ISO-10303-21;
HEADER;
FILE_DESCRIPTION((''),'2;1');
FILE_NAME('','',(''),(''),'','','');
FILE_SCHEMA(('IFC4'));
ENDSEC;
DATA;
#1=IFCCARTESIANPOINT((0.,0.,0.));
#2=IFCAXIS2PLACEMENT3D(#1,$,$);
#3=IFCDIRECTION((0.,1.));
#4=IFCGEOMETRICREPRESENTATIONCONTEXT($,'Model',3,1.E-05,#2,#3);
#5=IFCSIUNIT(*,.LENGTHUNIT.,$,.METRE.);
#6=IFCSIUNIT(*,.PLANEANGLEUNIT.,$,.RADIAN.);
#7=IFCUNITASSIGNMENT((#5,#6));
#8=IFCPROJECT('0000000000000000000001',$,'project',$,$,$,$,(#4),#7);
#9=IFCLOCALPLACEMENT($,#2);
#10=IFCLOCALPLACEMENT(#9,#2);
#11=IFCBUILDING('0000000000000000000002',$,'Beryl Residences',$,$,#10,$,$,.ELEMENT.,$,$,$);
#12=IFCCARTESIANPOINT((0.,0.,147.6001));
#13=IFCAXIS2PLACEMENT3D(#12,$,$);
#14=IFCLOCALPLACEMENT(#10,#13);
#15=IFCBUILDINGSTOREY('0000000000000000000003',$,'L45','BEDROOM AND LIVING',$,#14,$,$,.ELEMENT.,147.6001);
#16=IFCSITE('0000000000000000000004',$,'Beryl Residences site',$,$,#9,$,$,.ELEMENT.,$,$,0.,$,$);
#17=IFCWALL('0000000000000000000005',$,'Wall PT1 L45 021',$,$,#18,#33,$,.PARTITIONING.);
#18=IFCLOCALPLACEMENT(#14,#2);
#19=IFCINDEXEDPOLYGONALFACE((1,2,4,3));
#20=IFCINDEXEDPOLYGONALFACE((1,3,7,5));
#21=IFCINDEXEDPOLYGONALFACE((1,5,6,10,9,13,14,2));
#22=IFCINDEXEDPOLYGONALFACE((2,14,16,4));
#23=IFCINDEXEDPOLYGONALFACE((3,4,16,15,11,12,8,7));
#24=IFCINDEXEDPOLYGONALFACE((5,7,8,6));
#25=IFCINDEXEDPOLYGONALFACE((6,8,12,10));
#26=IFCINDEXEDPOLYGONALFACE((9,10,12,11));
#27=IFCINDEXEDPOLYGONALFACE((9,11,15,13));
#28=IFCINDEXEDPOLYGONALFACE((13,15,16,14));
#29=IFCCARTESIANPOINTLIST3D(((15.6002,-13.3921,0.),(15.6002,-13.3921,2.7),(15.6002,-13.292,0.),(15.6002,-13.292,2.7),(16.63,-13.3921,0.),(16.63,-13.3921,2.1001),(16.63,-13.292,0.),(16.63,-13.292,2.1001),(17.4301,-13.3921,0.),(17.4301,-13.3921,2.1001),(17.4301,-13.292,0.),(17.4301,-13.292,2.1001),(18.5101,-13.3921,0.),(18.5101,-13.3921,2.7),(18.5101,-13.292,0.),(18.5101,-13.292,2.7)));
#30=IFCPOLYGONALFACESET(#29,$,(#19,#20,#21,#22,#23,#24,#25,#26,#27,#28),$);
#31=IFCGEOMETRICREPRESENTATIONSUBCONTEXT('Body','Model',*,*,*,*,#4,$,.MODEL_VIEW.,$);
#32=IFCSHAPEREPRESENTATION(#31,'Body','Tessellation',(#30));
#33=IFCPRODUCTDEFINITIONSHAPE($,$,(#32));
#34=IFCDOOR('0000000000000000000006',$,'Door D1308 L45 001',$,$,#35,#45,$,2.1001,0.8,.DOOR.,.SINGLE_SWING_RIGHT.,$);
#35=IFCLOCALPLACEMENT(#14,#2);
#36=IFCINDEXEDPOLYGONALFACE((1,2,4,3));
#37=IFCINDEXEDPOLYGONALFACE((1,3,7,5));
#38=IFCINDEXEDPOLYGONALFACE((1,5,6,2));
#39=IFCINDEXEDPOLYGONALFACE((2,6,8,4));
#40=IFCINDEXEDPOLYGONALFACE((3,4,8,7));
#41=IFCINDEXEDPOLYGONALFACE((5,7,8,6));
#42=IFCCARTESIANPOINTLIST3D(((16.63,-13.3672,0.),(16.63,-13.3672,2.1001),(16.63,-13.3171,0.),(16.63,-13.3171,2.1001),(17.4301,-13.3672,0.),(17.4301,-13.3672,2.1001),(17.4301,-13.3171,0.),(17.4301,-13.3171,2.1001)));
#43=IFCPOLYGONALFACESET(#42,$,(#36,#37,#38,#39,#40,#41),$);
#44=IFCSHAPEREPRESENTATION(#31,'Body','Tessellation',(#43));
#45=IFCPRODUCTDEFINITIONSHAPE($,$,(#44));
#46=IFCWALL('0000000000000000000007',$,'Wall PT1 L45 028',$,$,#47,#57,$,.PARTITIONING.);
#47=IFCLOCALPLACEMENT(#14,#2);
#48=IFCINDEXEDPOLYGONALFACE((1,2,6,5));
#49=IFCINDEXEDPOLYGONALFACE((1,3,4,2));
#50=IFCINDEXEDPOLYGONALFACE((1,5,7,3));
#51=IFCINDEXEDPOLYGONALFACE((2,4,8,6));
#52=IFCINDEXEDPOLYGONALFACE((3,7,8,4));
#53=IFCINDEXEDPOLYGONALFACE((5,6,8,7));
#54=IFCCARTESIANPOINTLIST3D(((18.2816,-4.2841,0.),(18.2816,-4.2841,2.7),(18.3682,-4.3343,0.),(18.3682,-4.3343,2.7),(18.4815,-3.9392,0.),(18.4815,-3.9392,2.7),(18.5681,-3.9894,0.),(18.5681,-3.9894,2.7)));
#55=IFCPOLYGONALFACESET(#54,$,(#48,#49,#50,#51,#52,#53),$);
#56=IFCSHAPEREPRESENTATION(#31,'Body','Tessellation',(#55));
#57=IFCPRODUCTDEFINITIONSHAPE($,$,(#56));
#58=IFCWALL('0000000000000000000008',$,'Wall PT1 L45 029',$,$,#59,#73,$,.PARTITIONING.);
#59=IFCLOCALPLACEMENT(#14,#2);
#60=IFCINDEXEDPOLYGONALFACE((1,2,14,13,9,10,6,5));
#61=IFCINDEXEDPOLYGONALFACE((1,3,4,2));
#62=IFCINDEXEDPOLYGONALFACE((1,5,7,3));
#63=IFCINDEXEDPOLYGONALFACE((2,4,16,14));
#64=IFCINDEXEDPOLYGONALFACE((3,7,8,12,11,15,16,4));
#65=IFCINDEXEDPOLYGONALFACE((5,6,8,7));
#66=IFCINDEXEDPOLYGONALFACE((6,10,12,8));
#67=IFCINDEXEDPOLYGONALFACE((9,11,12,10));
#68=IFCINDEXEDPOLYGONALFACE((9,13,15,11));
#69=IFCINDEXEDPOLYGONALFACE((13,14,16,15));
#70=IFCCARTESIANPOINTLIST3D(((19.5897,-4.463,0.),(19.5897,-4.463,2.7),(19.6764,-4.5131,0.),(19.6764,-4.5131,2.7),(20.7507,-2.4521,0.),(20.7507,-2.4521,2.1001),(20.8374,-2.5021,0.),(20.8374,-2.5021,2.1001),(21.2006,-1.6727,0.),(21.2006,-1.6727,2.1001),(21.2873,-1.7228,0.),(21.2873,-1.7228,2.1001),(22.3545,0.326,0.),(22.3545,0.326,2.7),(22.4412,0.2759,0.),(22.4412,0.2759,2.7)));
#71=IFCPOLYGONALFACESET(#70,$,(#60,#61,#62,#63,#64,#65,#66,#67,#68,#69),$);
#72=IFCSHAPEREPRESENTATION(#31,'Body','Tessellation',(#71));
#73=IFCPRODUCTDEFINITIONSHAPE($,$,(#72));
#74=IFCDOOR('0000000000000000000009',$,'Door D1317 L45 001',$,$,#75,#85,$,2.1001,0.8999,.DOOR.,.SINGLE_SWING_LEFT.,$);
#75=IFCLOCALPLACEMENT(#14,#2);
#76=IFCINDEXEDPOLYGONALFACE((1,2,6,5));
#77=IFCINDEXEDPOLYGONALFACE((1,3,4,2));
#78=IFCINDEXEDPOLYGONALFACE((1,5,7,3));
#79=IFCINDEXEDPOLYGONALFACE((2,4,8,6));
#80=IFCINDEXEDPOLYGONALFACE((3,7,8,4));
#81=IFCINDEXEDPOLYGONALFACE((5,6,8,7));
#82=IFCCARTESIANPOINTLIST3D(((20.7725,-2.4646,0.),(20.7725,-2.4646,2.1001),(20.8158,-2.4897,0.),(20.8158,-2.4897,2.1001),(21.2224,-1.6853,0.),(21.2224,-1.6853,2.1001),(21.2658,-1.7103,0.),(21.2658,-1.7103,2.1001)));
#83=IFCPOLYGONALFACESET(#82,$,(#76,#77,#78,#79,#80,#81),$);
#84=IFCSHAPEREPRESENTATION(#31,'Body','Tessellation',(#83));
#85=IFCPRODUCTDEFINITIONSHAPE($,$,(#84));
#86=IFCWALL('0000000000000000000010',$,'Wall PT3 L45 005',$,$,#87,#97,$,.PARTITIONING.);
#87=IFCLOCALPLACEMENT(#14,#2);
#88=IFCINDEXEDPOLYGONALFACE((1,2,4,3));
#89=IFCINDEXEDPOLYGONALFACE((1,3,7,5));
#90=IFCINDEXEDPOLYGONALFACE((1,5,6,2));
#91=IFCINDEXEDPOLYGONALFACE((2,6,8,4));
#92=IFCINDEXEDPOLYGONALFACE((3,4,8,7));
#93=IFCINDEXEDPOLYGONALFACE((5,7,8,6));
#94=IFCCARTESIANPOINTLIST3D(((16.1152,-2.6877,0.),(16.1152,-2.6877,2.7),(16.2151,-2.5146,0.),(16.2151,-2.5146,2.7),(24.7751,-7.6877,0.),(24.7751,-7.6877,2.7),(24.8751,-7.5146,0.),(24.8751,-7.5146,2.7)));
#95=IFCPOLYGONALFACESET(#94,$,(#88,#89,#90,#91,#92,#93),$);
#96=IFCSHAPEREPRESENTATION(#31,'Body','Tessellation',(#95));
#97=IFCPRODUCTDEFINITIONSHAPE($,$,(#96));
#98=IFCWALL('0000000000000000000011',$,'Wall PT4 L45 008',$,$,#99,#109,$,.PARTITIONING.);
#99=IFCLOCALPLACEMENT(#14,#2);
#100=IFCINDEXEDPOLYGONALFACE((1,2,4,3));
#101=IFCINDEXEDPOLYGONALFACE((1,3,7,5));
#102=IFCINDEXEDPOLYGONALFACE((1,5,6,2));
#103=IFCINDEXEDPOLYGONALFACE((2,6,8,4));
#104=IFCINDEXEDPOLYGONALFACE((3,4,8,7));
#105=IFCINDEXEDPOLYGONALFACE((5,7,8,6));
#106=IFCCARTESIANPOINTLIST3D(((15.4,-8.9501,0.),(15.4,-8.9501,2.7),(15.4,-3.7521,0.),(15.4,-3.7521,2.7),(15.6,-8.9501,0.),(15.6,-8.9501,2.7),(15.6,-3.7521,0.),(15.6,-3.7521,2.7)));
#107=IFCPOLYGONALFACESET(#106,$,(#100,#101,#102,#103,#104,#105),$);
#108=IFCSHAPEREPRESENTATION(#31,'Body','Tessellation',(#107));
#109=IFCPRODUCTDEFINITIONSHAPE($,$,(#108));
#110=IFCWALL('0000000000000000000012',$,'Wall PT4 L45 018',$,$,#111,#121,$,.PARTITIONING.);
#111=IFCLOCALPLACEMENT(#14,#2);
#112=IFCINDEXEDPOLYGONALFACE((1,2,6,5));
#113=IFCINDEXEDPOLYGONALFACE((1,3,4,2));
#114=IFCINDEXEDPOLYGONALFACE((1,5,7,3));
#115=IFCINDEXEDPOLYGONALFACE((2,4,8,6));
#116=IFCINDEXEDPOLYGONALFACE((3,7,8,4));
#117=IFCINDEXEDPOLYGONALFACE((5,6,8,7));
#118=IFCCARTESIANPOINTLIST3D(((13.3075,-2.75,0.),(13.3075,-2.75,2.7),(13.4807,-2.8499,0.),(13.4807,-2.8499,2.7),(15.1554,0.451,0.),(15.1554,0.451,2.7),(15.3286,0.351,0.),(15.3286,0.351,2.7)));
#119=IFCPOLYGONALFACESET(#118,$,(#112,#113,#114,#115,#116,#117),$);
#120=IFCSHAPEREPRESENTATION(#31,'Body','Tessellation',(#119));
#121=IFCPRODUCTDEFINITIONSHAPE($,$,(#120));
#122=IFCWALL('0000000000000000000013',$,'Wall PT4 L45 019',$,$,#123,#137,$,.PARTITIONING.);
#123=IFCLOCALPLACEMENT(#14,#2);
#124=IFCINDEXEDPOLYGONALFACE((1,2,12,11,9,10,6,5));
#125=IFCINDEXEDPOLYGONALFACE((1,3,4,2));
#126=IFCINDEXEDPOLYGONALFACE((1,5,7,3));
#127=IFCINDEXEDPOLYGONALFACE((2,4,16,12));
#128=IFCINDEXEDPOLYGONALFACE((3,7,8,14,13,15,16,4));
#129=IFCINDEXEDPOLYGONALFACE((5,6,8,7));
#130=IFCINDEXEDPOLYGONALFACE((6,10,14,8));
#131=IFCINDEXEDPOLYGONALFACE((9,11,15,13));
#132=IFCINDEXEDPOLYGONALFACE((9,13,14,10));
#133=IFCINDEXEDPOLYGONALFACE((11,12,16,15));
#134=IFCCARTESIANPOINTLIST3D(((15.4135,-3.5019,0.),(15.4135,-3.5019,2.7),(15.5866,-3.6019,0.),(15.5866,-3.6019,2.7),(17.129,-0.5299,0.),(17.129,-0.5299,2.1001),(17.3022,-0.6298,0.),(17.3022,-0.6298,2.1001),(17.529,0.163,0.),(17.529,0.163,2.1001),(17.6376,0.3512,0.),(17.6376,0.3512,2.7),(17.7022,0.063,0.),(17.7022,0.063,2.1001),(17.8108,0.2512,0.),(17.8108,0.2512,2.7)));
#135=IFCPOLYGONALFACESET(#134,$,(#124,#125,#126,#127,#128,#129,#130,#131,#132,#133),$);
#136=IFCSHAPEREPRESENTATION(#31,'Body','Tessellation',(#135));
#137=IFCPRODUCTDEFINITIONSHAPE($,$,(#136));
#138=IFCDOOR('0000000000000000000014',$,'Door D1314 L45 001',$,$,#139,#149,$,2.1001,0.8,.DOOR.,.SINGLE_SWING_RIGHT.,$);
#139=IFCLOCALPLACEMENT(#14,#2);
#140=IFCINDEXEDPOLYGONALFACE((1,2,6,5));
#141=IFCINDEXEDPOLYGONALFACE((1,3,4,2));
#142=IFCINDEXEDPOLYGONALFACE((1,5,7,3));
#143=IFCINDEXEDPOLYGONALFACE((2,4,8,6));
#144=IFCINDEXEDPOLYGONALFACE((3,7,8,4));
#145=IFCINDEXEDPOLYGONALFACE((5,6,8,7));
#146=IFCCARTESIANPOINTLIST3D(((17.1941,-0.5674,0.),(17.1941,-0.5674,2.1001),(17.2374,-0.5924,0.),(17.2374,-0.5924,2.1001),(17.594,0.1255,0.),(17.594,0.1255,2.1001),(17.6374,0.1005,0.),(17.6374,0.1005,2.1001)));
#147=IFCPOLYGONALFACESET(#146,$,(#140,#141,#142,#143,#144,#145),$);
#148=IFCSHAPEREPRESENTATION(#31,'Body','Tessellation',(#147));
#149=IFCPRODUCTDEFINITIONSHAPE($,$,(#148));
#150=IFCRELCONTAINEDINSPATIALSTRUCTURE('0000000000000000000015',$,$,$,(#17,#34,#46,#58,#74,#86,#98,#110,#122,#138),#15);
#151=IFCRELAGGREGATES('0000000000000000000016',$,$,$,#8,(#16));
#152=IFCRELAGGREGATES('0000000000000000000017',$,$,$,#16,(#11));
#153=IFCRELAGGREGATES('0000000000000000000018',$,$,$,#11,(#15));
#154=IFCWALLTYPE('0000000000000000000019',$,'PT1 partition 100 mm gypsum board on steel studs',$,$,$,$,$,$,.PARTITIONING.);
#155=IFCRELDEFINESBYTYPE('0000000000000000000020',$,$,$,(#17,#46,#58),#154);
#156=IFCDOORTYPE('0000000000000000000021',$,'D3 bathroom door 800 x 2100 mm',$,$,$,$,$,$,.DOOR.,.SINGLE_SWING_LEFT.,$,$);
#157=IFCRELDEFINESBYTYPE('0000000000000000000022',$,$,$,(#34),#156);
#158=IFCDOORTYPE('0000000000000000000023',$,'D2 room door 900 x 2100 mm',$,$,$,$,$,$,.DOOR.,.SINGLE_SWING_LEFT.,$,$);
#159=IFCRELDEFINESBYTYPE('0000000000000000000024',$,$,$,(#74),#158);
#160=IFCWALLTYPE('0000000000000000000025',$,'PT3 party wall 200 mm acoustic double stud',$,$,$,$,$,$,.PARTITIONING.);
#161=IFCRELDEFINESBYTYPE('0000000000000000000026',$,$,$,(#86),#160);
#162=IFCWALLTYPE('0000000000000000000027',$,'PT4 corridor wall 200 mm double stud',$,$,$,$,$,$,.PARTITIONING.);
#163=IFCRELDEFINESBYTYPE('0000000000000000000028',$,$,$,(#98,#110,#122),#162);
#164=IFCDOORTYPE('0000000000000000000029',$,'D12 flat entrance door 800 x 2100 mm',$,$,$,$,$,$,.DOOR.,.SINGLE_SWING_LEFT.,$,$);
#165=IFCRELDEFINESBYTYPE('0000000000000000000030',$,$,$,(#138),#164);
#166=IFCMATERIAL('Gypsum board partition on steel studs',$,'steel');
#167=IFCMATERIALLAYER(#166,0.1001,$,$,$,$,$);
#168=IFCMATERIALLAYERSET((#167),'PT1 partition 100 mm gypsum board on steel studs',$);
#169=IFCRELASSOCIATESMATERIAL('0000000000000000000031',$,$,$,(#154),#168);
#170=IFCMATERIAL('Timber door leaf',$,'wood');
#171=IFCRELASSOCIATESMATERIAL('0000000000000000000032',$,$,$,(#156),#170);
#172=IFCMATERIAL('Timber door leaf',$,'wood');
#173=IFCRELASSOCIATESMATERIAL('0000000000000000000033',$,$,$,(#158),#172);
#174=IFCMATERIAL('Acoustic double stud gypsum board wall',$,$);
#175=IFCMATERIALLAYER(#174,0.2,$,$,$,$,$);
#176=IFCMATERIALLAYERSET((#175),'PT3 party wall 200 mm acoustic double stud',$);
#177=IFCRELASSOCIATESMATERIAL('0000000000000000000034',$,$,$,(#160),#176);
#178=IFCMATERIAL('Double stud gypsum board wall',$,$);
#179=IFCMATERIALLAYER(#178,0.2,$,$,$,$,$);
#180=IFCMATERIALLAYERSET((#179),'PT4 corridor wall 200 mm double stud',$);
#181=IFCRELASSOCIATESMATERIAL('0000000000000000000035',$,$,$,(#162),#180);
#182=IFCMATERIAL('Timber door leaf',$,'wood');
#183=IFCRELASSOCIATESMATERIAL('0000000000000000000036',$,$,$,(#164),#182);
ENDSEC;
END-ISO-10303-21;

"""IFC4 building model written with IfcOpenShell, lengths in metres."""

from ifc_helpers import new_model, si_unit, direction, frame, frame_2d, origin, place, context, subcontext, project, spatial, rectangle, extrude, material, layer, layer_set, type_object, element, fill, save


model = new_model("IFC4")

# Units and contexts
model_context = context("Model", 3, precision=1e-05, world=origin(), true_north=direction((0.0, 1.0)))
body_context = subcontext(model_context, "Body", "Model", "MODEL_VIEW")
ifc_project = project(units=[si_unit("LENGTHUNIT", "METRE"), si_unit("PLANEANGLEUNIT", "RADIAN")], contexts=[model_context])

# Site, building, storey
site_placement = place(None, origin())
site = spatial("IfcSite", under=ifc_project, at=site_placement, Name="Beryl Residences site", CompositionType="ELEMENT", RefElevation=0.0)
building_placement = place(site_placement, origin())
building = spatial("IfcBuilding", under=site, at=building_placement, Name="Beryl Residences", CompositionType="ELEMENT")
storey_placement = place(building_placement, frame((0.0, 0.0, 147.6001)))
storey = spatial("IfcBuildingStorey", under=building, at=storey_placement, Name="L45", Description="BEDROOM AND LIVING", CompositionType="ELEMENT", Elevation=147.6001)

# Wall, opening, door
ifc_material_1 = material(Name="Gypsum board partition on steel studs", Category="steel")
ifc_layer_1 = layer(ifc_material_1, 0.1001)
ifc_layer_set_1 = layer_set([ifc_layer_1], Name="PT1 partition 100 mm gypsum board on steel studs")
wall_type_1 = type_object("IfcWallType", Name="PT1 partition 100 mm gypsum board on steel studs", PredefinedType="PARTITIONING", material=ifc_layer_set_1)
ifc_material_2 = material(Name="Timber door leaf", Category="wood")
door_type_1 = type_object("IfcDoorType", Name="D3 bathroom door 800 x 2100 mm", OperationType="SINGLE_SWING_LEFT", PredefinedType="DOOR", material=ifc_material_2)
ifc_material_3 = material(Name="Timber door leaf", Category="wood")
door_type_2 = type_object("IfcDoorType", Name="D2 room door 900 x 2100 mm", OperationType="SINGLE_SWING_LEFT", PredefinedType="DOOR", material=ifc_material_3)
wall_1_placement = place(storey_placement, frame((15.6001, -13.342, 0.0), z_axis=(0.0, 0.0, 1.0), x_axis=(1.0, 0.0, 0.0)))
wall_1 = element("IfcWall", 1, at=wall_1_placement, inside=storey, type_object=wall_type_1, Name="Wall PT1 L45 021", PredefinedType="PARTITIONING", context=body_context, shape_type="SweptSolid", body=[
    extrude(rectangle(XDim=2.9099, YDim=0.1001, at=frame_2d((1.4551, 0.0))), origin(), (0.0, 0.0, 1.0), 2.7),
])
opening_1_placement = place(wall_1_placement, frame((1.03, 0.0, 0.0)))
opening_1 = element("IfcOpeningElement", 2, at=opening_1_placement, cuts=wall_1, PredefinedType="OPENING", context=body_context, shape_type="SweptSolid", body=[
    extrude(rectangle(XDim=0.8, YDim=2.1001, at=frame_2d((0.3999, 1.05))), frame((0.0, 0.0601, 0.0), z_axis=(0.0, -1.0, 0.0), x_axis=(1.0, 0.0, 0.0)), (0.0, 0.0, 1.0), 0.1201),
])
door_1_placement = place(opening_1_placement, origin())
door_1 = element("IfcDoor", 3, at=door_1_placement, inside=storey, type_object=door_type_1, Name="Door D1308 L45 001", OperationType="SINGLE_SWING_RIGHT", OverallHeight=2.1001, OverallWidth=0.8, PredefinedType="DOOR", context=body_context, shape_type="SweptSolid", body=[
    extrude(rectangle(XDim=0.8, YDim=2.1001, at=frame_2d((0.3999, 1.05))), frame((0.0, 0.0249, 0.0), z_axis=(0.0, -1.0, 0.0), x_axis=(1.0, 0.0, 0.0)), (0.0, 0.0, 1.0), 0.05),
])
fill(opening_1, door_1)

# Wall
wall_2_placement = place(storey_placement, frame((18.325, -4.3091, 0.0), z_axis=(0.0, 0.0, 1.0), x_axis=(0.501471, 0.865175, 0.0)))
element("IfcWall", 4, at=wall_2_placement, inside=storey, type_object=wall_type_1, Name="Wall PT1 L45 028", PredefinedType="PARTITIONING", context=body_context, shape_type="SweptSolid", body=[
    extrude(rectangle(XDim=0.3987, YDim=0.1001, at=frame_2d((0.1992, 0.0))), origin(), (0.0, 0.0, 1.0), 2.7),
])

# Wall, opening, door
wall_3_placement = place(storey_placement, frame((19.6331, -4.488, 0.0), z_axis=(0.0, 0.0, 1.0), x_axis=(0.49999, 0.866031, 0.0)))
wall_3 = element("IfcWall", 5, at=wall_3_placement, inside=storey, type_object=wall_type_1, Name="Wall PT1 L45 029", PredefinedType="PARTITIONING", context=body_context, shape_type="SweptSolid", body=[
    extrude(rectangle(XDim=5.5298, YDim=0.1001, at=frame_2d((2.7649, 0.0))), origin(), (0.0, 0.0, 1.0), 2.7),
])
opening_2_placement = place(wall_3_placement, frame((2.322, 0.0, 0.0)))
opening_2 = element("IfcOpeningElement", 6, at=opening_2_placement, cuts=wall_3, PredefinedType="OPENING", context=body_context, shape_type="SweptSolid", body=[
    extrude(rectangle(XDim=0.8999, YDim=2.1001, at=frame_2d((0.45, 1.05))), frame((0.0, 0.0601, 0.0), z_axis=(0.0, -1.0, 0.0), x_axis=(1.0, 0.0, 0.0)), (0.0, 0.0, 1.0), 0.1201),
])
door_2_placement = place(opening_2_placement, origin())
door_2 = element("IfcDoor", 7, at=door_2_placement, inside=storey, type_object=door_type_2, Name="Door D1317 L45 001", OperationType="SINGLE_SWING_LEFT", OverallHeight=2.1001, OverallWidth=0.8999, PredefinedType="DOOR", context=body_context, shape_type="SweptSolid", body=[
    extrude(rectangle(XDim=0.8999, YDim=2.1001, at=frame_2d((0.45, 1.05))), frame((0.0, 0.0249, 0.0), z_axis=(0.0, -1.0, 0.0), x_axis=(1.0, 0.0, 0.0)), (0.0, 0.0, 1.0), 0.05),
])
fill(opening_2, door_2)

# Walls
ifc_material_4 = material(Name="Acoustic double stud gypsum board wall")
ifc_layer_2 = layer(ifc_material_4, 0.2)
ifc_layer_set_2 = layer_set([ifc_layer_2], Name="PT3 party wall 200 mm acoustic double stud")
wall_type_2 = type_object("IfcWallType", Name="PT3 party wall 200 mm acoustic double stud", PredefinedType="PARTITIONING", material=ifc_layer_set_2)
wall_4_placement = place(storey_placement, frame((16.165, -2.6011, 0.0), z_axis=(0.0, 0.0, 1.0), x_axis=(0.866017, -0.500015, 0.0)))
element("IfcWall", 8, at=wall_4_placement, inside=storey, type_object=wall_type_2, Name="Wall PT3 L45 005", PredefinedType="PARTITIONING", context=body_context, shape_type="SweptSolid", body=[
    extrude(rectangle(XDim=9.9998, YDim=0.2, at=frame_2d((5.0, 0.0))), origin(), (0.0, 0.0, 1.0), 2.7),
])
ifc_material_5 = material(Name="Double stud gypsum board wall")
ifc_layer_3 = layer(ifc_material_5, 0.2)
ifc_layer_set_3 = layer_set([ifc_layer_3], Name="PT4 corridor wall 200 mm double stud")
wall_type_3 = type_object("IfcWallType", Name="PT4 corridor wall 200 mm double stud", PredefinedType="PARTITIONING", material=ifc_layer_set_3)
wall_5_placement = place(storey_placement, frame((15.5, -3.752, 0.0), z_axis=(0.0, 0.0, 1.0), x_axis=(0.0, -1.0, 0.0)))
element("IfcWall", 9, at=wall_5_placement, inside=storey, type_object=wall_type_3, Name="Wall PT4 L45 008", PredefinedType="PARTITIONING", context=body_context, shape_type="SweptSolid", body=[
    extrude(rectangle(XDim=5.198, YDim=0.2, at=frame_2d((2.5991, 0.0))), origin(), (0.0, 0.0, 1.0), 2.7),
])
wall_6_placement = place(storey_placement, frame((13.394, -2.8, 0.0), z_axis=(0.0, 0.0, 1.0), x_axis=(0.499968, 0.866044, 0.0)))
element("IfcWall", 10, at=wall_6_placement, inside=storey, type_object=wall_type_3, Name="Wall PT4 L45 018", PredefinedType="PARTITIONING", context=body_context, shape_type="SweptSolid", body=[
    extrude(rectangle(XDim=3.696, YDim=0.2, at=frame_2d((1.8481, 0.0))), origin(), (0.0, 0.0, 1.0), 2.7),
])

# Wall, opening, door
wall_7_placement = place(storey_placement, frame((15.5, -3.552, 0.0), z_axis=(0.0, 0.0, 1.0), x_axis=(0.499928, 0.866067, 0.0)))
wall_7 = element("IfcWall", 11, at=wall_7_placement, inside=storey, type_object=wall_type_3, Name="Wall PT4 L45 019", PredefinedType="PARTITIONING", context=body_context, shape_type="SweptSolid", body=[
    extrude(rectangle(XDim=4.449, YDim=0.2, at=frame_2d((2.2246, 0.0))), origin(), (0.0, 0.0, 1.0), 2.7),
])
opening_3_placement = place(wall_7_placement, frame((3.4319, 0.0, 0.0)))
opening_3 = element("IfcOpeningElement", 12, at=opening_3_placement, cuts=wall_7, PredefinedType="OPENING", context=body_context, shape_type="SweptSolid", body=[
    extrude(rectangle(XDim=0.8, YDim=2.1001, at=frame_2d((0.3999, 1.05))), frame((0.0, 0.1099, 0.0), z_axis=(0.0, -1.0, 0.0), x_axis=(1.0, 0.0, 0.0)), (0.0, 0.0, 1.0), 0.22),
])
ifc_material_6 = material(Name="Timber door leaf", Category="wood")
door_type_3 = type_object("IfcDoorType", Name="D12 flat entrance door 800 x 2100 mm", OperationType="SINGLE_SWING_LEFT", PredefinedType="DOOR", material=ifc_material_6)
door_3_placement = place(opening_3_placement, origin())
door_3 = element("IfcDoor", 13, at=door_3_placement, inside=storey, type_object=door_type_3, Name="Door D1314 L45 001", OperationType="SINGLE_SWING_RIGHT", OverallHeight=2.1001, OverallWidth=0.8, PredefinedType="DOOR", context=body_context, shape_type="SweptSolid", body=[
    extrude(rectangle(XDim=0.8, YDim=2.1001, at=frame_2d((0.3999, 1.05))), frame((0.0, 0.0249, 0.0), z_axis=(0.0, -1.0, 0.0), x_axis=(1.0, 0.0, 0.0)), (0.0, 0.0, 1.0), 0.05),
])
fill(opening_3, door_3)

save(model, "model.ifc")
